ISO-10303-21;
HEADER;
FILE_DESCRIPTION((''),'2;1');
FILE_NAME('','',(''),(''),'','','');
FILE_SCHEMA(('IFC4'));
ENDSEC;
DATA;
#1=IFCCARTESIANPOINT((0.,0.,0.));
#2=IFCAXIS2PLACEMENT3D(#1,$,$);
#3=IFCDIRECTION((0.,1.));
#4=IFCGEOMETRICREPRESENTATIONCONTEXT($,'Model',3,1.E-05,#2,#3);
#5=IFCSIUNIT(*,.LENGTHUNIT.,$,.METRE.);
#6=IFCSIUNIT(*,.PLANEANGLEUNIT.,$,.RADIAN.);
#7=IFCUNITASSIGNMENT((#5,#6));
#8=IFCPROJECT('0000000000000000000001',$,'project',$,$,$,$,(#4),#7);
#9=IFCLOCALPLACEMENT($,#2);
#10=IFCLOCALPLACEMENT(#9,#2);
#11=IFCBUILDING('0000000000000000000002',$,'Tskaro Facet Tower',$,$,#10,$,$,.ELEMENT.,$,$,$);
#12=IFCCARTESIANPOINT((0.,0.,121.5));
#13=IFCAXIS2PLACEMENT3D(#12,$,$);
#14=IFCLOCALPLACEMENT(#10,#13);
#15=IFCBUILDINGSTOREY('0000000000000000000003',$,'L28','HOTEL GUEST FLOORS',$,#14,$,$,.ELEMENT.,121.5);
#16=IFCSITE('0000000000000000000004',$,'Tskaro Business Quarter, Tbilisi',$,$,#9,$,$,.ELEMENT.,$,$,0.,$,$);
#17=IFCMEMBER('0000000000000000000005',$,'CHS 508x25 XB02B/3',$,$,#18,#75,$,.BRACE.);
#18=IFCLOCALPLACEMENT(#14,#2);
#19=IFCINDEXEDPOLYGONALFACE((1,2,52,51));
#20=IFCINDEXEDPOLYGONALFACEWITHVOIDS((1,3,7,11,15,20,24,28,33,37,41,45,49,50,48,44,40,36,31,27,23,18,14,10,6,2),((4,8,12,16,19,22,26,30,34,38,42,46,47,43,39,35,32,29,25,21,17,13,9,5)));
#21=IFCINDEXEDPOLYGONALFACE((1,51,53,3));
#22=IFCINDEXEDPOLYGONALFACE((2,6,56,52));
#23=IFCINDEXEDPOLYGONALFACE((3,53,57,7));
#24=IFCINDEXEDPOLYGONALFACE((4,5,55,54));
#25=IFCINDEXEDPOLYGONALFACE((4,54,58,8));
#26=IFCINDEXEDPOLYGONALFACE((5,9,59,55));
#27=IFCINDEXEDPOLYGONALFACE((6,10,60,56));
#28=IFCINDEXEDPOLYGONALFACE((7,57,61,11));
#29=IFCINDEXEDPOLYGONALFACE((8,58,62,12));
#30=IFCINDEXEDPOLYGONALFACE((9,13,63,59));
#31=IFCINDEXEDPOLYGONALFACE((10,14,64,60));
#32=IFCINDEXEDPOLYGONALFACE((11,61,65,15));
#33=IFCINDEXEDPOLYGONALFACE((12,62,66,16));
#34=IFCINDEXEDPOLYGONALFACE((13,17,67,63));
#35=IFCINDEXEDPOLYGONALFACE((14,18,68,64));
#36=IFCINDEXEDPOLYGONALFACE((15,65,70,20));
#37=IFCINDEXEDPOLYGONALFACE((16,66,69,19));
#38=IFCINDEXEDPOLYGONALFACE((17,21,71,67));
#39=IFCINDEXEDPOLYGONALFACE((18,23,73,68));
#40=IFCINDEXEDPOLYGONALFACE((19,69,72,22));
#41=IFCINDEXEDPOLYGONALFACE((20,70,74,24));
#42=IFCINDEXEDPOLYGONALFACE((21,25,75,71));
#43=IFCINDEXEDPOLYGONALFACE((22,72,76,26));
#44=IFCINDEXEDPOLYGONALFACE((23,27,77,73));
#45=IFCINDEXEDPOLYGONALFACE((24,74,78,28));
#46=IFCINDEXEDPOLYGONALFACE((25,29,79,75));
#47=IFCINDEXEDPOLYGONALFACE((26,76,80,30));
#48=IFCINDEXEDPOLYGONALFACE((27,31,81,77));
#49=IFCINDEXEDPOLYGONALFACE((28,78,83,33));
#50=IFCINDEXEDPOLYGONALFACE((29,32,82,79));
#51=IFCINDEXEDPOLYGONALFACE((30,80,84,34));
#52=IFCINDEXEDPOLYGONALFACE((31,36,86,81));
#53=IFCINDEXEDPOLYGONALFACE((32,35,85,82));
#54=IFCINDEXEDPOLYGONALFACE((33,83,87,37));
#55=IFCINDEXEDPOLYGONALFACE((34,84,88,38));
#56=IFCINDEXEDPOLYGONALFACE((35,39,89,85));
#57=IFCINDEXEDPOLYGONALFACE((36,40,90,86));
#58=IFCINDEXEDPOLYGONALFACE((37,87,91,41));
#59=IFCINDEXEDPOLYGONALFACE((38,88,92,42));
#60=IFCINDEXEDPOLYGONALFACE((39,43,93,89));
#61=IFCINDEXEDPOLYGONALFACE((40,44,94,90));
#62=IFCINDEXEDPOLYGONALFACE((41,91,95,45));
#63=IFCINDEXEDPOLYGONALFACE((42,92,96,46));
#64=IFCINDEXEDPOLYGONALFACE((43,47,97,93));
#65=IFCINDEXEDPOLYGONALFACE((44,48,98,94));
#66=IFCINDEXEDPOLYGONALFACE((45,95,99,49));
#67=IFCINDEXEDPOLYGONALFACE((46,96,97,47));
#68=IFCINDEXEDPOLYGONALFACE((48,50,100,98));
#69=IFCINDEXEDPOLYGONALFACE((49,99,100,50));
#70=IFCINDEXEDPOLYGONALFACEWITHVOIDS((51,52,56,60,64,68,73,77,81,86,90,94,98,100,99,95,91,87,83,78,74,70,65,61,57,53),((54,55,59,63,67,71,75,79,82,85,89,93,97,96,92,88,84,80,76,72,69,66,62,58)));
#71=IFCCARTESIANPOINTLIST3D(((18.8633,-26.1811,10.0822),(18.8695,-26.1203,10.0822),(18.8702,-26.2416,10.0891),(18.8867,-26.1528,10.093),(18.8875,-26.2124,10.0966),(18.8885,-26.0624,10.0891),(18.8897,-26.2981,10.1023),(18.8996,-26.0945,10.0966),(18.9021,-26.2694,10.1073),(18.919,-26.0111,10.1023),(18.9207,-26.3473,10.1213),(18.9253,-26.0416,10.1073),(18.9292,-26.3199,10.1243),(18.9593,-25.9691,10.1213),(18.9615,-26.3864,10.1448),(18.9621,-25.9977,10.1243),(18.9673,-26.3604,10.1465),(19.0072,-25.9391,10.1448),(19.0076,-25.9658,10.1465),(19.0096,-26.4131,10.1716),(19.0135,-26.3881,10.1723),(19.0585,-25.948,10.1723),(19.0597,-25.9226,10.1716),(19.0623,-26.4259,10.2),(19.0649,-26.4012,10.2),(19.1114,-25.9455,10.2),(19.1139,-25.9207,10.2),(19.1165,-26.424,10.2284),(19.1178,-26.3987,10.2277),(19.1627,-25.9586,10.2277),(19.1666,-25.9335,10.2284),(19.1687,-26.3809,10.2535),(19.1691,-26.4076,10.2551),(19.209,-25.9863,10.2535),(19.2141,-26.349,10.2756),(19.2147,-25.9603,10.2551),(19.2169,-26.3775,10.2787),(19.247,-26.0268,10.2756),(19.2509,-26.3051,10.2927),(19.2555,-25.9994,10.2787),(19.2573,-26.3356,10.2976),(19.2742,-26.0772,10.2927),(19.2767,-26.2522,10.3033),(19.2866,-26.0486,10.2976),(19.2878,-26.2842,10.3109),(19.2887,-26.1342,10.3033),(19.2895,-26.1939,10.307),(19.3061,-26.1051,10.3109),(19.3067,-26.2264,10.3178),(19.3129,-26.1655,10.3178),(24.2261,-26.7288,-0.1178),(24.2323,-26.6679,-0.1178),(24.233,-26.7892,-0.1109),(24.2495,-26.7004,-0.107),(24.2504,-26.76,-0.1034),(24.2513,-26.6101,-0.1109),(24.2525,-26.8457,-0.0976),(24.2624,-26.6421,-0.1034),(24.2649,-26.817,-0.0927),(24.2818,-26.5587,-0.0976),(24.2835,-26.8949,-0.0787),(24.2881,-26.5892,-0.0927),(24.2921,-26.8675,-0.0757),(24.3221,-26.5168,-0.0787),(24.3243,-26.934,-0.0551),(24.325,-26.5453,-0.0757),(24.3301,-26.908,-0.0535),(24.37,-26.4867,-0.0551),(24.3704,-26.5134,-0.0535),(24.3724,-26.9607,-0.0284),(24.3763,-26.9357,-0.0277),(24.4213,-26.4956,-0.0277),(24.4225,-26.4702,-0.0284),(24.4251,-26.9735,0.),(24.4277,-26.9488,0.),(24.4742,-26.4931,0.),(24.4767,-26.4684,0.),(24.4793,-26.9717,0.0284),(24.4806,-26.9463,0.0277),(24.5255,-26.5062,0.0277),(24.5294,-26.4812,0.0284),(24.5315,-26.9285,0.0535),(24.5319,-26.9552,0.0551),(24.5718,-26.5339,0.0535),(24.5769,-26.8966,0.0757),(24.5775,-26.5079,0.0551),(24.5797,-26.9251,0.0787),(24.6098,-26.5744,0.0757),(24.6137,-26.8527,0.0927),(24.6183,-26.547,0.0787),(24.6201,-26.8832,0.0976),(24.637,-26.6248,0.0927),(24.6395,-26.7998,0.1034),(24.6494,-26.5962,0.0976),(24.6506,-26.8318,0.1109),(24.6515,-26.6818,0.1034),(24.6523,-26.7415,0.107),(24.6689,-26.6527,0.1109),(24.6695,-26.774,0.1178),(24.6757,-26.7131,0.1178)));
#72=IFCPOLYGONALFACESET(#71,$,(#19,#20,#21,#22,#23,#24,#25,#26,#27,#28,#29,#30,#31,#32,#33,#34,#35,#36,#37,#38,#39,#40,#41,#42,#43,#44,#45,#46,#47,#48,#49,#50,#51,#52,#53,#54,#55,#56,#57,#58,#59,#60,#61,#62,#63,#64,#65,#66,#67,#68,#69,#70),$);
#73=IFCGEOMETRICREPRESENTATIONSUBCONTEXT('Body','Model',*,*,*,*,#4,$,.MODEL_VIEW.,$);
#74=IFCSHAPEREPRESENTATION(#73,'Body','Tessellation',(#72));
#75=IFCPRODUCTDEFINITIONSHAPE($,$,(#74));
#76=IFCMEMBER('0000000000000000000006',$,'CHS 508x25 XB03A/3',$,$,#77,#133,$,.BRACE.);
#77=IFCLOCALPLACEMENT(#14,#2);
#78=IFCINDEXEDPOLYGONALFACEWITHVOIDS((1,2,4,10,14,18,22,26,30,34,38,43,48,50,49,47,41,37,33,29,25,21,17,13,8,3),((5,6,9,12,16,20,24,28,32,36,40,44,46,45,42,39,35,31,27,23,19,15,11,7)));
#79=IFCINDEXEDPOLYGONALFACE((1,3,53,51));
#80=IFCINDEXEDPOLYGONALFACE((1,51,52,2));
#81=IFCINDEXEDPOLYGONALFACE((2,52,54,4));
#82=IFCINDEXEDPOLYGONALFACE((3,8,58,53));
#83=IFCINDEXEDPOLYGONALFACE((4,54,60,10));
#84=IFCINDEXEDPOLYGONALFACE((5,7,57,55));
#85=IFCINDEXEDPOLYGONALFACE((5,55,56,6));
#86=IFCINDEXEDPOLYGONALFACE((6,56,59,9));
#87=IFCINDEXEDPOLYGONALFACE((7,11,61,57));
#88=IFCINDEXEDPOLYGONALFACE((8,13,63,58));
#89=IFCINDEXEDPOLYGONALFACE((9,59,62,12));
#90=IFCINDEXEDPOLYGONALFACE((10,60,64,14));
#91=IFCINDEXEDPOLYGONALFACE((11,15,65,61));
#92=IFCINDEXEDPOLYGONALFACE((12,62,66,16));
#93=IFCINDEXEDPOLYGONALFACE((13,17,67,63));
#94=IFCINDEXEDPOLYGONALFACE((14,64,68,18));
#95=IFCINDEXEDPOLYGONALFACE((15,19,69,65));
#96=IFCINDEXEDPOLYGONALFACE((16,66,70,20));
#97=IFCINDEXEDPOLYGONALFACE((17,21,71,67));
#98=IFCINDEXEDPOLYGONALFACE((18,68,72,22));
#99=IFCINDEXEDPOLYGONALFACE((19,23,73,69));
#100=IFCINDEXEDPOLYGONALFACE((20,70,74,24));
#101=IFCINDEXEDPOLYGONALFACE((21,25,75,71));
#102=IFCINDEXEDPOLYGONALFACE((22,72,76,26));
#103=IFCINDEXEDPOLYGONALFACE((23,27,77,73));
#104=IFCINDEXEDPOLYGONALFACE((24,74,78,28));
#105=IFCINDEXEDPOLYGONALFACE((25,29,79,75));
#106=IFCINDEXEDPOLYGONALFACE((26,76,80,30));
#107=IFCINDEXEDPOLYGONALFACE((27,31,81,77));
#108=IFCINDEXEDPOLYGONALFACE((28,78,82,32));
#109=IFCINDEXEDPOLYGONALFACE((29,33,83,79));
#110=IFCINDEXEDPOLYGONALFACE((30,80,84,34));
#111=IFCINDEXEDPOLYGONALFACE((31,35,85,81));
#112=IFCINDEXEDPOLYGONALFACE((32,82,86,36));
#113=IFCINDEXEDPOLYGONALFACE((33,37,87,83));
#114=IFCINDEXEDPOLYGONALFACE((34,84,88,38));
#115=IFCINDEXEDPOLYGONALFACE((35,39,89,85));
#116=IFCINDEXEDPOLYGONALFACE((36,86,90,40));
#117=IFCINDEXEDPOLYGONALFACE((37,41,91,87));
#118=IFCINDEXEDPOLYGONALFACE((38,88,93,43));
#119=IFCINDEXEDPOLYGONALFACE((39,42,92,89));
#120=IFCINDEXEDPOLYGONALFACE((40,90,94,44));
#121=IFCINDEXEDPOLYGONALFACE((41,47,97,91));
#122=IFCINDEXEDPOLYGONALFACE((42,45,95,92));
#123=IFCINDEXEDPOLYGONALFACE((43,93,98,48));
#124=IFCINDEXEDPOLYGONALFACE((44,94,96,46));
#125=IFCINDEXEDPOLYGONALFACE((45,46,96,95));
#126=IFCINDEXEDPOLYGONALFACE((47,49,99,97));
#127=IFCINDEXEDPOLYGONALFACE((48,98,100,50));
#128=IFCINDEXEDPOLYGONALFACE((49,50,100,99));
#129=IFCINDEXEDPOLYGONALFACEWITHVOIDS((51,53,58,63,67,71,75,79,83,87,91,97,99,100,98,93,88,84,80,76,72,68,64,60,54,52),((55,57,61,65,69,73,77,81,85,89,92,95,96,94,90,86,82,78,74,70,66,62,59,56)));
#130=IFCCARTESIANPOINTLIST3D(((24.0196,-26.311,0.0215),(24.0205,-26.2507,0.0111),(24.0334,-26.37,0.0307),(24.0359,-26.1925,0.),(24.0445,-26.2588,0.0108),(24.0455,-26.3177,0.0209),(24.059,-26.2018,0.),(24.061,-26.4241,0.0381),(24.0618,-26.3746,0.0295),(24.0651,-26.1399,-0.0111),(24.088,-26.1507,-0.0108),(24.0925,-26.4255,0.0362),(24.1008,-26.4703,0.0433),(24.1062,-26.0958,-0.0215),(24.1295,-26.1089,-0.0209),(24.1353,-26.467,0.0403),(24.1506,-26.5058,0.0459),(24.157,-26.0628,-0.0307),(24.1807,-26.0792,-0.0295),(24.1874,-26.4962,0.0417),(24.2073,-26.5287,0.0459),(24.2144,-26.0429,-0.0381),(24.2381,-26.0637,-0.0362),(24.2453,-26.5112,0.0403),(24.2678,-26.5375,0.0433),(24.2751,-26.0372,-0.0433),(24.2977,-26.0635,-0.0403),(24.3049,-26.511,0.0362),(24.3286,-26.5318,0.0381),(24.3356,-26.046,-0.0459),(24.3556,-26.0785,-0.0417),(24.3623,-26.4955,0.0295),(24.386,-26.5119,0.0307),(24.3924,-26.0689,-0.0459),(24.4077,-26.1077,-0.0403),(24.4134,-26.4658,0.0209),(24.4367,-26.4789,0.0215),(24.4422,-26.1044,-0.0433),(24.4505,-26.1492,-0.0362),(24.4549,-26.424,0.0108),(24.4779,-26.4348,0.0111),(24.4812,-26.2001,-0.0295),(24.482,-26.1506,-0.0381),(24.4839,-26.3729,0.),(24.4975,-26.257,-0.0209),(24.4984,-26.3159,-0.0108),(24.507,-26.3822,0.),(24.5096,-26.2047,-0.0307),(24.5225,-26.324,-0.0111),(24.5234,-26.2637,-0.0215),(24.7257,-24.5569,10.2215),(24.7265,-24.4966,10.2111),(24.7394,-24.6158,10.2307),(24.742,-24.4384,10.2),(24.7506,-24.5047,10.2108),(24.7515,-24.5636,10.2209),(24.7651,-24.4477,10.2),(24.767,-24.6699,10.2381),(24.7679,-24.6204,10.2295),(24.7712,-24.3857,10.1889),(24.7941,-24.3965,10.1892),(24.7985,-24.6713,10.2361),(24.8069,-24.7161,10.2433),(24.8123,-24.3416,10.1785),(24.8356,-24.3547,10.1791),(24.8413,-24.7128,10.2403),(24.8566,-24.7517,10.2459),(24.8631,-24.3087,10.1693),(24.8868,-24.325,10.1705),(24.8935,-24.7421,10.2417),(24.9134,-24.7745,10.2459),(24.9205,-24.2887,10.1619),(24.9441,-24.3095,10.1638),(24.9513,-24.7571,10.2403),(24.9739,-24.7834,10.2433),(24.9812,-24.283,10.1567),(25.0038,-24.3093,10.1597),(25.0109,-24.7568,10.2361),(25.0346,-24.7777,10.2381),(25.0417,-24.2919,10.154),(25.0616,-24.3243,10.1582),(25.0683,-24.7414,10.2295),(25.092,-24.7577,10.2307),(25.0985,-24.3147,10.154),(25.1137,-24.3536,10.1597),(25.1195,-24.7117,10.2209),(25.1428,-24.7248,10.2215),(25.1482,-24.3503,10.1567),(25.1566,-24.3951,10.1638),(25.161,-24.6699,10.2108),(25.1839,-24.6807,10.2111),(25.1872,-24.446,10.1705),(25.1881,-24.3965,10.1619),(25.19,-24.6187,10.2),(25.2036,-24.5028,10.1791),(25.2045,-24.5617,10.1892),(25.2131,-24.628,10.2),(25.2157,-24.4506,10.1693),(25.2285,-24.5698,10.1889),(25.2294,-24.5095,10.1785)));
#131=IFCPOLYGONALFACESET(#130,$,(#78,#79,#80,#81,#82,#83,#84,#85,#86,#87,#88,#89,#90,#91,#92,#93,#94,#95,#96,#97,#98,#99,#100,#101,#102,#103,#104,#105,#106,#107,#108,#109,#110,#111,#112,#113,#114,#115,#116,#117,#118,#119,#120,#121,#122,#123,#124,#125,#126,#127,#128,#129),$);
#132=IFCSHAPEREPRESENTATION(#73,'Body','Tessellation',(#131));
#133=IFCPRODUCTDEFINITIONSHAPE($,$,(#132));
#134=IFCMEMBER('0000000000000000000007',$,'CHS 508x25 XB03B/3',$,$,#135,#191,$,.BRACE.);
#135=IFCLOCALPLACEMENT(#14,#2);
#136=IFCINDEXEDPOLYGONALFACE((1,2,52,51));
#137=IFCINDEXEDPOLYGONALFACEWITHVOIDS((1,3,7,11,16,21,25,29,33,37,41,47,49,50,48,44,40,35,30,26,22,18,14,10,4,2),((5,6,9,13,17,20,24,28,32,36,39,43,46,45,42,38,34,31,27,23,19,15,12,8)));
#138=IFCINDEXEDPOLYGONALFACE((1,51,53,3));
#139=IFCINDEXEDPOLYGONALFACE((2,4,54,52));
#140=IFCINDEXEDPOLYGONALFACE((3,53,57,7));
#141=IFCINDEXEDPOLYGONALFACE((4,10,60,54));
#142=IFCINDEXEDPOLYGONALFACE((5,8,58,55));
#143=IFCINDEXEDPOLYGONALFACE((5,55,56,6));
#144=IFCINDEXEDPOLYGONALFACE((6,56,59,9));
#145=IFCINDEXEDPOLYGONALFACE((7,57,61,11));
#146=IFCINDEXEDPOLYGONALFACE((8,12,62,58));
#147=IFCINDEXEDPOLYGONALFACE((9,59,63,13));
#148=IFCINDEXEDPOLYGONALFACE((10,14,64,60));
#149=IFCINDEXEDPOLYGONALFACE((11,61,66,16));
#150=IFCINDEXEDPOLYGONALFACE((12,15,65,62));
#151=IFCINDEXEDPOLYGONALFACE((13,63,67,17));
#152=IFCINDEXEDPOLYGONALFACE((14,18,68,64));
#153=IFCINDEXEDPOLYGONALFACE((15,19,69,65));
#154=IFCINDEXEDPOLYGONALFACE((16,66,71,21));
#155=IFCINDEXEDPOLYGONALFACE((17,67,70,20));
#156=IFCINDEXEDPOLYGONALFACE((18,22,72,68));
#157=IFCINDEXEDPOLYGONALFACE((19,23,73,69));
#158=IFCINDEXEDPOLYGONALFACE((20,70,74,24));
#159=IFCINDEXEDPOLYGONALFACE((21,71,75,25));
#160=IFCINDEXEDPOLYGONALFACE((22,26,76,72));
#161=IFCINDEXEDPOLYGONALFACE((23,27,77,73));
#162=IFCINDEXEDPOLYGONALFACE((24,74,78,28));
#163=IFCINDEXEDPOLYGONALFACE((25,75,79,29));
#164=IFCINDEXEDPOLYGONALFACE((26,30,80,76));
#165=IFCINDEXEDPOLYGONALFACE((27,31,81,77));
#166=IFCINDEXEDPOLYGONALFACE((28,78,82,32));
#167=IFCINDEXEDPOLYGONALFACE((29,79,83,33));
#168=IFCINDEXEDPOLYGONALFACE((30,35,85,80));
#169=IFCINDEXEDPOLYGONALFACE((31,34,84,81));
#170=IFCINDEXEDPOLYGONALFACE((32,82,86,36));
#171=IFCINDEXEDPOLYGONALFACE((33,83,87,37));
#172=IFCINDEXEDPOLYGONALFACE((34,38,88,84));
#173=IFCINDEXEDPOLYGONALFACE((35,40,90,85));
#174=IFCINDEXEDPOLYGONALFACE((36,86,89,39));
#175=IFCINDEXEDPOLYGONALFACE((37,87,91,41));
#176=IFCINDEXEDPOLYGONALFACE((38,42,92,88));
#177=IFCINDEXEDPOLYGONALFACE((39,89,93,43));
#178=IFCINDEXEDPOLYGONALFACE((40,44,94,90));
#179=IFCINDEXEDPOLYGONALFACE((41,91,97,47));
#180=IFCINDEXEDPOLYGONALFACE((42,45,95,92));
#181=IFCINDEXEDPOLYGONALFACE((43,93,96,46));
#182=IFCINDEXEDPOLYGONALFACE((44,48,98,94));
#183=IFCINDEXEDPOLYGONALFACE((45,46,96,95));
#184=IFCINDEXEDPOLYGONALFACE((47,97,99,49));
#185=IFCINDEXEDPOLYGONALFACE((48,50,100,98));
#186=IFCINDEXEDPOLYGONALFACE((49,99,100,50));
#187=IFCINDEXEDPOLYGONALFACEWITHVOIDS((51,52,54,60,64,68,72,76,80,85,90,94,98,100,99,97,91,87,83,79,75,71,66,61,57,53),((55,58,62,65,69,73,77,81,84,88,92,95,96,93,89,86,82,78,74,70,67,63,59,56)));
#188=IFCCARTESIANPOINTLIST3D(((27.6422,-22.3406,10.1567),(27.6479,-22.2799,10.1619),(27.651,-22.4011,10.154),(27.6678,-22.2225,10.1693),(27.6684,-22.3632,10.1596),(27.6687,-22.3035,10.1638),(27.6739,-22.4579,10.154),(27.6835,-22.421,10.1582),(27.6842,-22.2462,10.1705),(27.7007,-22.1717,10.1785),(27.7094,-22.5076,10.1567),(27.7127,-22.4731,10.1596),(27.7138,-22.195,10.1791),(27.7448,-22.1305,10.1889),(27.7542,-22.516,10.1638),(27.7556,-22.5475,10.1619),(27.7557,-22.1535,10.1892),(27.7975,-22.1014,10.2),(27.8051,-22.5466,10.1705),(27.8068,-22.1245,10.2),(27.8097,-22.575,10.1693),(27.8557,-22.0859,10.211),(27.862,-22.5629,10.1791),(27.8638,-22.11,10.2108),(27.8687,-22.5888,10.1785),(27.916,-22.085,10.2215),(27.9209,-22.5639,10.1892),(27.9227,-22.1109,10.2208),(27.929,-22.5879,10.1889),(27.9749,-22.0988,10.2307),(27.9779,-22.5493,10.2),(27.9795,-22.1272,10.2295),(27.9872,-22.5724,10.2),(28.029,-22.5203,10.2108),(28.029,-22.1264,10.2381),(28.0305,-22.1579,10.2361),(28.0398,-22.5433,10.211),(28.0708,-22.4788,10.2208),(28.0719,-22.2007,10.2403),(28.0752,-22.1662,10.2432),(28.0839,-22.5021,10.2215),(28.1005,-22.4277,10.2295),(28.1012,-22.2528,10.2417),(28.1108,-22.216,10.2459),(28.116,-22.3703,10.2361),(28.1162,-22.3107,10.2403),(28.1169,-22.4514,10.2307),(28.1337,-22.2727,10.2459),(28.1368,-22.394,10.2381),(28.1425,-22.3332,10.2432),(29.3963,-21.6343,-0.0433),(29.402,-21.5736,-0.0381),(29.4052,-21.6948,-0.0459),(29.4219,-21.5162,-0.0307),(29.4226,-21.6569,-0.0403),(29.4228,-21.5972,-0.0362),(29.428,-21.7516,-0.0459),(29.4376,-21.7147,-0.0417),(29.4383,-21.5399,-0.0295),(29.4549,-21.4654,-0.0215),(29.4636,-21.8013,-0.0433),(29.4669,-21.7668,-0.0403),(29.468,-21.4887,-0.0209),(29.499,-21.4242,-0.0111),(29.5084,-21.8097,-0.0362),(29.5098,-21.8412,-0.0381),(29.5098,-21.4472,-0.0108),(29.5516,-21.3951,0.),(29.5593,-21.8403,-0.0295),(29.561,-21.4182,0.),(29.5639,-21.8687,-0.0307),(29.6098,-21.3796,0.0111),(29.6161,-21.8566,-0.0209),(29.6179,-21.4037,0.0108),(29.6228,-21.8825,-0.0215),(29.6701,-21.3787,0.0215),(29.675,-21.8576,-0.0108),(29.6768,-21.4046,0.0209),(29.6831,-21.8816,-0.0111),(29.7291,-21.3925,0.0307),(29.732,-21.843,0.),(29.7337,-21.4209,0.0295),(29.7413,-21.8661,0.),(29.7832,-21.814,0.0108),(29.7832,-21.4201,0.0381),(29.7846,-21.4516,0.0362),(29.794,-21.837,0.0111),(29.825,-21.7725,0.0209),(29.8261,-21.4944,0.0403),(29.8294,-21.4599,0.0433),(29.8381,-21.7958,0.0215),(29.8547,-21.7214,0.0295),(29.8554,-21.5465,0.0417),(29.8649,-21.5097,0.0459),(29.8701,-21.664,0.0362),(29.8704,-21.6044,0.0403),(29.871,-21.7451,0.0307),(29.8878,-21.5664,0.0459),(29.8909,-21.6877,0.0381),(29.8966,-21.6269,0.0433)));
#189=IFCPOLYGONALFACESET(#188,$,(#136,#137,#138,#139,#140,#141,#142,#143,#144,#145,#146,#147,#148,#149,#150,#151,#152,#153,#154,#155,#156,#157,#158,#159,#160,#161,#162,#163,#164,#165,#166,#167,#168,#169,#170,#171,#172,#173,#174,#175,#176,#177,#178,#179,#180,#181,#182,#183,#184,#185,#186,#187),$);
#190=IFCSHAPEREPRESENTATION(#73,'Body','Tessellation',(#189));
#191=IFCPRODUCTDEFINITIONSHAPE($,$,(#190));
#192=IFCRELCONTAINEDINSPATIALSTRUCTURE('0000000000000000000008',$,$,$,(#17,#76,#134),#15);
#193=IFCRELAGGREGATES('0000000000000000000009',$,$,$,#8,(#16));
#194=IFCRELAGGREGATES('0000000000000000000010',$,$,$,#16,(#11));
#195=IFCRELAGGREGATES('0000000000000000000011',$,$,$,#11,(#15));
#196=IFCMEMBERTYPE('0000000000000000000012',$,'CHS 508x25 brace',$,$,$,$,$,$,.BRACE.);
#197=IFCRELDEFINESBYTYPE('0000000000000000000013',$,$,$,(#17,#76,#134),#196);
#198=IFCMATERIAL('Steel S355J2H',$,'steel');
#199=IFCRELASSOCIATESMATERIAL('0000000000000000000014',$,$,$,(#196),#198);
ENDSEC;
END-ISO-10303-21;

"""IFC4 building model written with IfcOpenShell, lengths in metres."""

from ifc_helpers import new_model, si_unit, direction, frame, origin, origin_2d, place, context, subcontext, project, spatial, hollow_circle, extrude, material, material_profile, profile_set, type_object, element, save


model = new_model("IFC4")

# Units and contexts
model_context = context("Model", 3, precision=1e-05, world=origin(), true_north=direction((0.0, 1.0)))
body_context = subcontext(model_context, "Body", "Model", "MODEL_VIEW")
ifc_project = project(units=[si_unit("LENGTHUNIT", "METRE"), si_unit("PLANEANGLEUNIT", "RADIAN")], contexts=[model_context])

# Site, building, storey
site_placement = place(None, origin())
site = spatial("IfcSite", under=ifc_project, at=site_placement, Name="Tskaro Business Quarter, Tbilisi", CompositionType="ELEMENT", RefElevation=0.0)
building_placement = place(site_placement, origin())
building = spatial("IfcBuilding", under=site, at=building_placement, Name="Tskaro Facet Tower", CompositionType="ELEMENT")
storey_placement = place(building_placement, frame((0.0, 0.0, 121.5)))
storey = spatial("IfcBuildingStorey", under=building, at=storey_placement, Name="L28", Description="HOTEL GUEST FLOORS", CompositionType="ELEMENT", Elevation=121.5)

# Shared definitions
ifc_material_1 = material(Name="Steel S355J2H", Category="steel")

# Members
ifc_material_profile_1 = material_profile(ifc_material_1, hollow_circle(Radius=0.2539, WallThickness=0.0249, at=origin_2d()), Name="CHS 508x25")
ifc_profile_set_1 = profile_set([ifc_material_profile_1], Name="Steel S355J2H")
member_type_1 = type_object("IfcMemberType", Name="CHS 508x25 brace", PredefinedType="BRACE", material=ifc_profile_set_1)
member_1_placement = place(storey_placement, frame((24.4509, -26.7209, 0.0), z_axis=(-0.464841, 0.047466, 0.884121), x_axis=(-0.101584, -0.994827, 0.0)))
element("IfcMember", 1, at=member_1_placement, inside=storey, type_object=member_type_1, Name="CHS 508x25 XB02B/3", PredefinedType="BRACE", context=body_context, shape_type="SweptSolid", body=[
    extrude(hollow_circle(Radius=0.2539, WallThickness=0.0249, at=origin_2d()), origin(), (0.0, 0.0, 1.0), 11.5369),
])
for number, where, z_axis, x_axis, name in (
    (2, (24.2715, -26.2874, 0.0), (0.068062, 0.169095, 0.983247), (-0.927673, 0.373393, 0.0), "CHS 508x25 XB03A/3"),
    (3, (29.6465, -21.6306, 0.0), (-0.169095, -0.068085, 0.983245), (0.373504, -0.927628, 0.0), "CHS 508x25 XB03B/3"),
):
    element("IfcMember", number, at=place(storey_placement, frame(where, z_axis=z_axis, x_axis=x_axis)), inside=storey, type_object=member_type_1, Name=name, PredefinedType="BRACE", context=body_context, shape_type="SweptSolid", body=[
        extrude(hollow_circle(Radius=0.2539, WallThickness=0.0249, at=origin_2d()), origin(), (0.0, 0.0, 1.0), 10.3738),
    ])

save(model, "model.ifc")
